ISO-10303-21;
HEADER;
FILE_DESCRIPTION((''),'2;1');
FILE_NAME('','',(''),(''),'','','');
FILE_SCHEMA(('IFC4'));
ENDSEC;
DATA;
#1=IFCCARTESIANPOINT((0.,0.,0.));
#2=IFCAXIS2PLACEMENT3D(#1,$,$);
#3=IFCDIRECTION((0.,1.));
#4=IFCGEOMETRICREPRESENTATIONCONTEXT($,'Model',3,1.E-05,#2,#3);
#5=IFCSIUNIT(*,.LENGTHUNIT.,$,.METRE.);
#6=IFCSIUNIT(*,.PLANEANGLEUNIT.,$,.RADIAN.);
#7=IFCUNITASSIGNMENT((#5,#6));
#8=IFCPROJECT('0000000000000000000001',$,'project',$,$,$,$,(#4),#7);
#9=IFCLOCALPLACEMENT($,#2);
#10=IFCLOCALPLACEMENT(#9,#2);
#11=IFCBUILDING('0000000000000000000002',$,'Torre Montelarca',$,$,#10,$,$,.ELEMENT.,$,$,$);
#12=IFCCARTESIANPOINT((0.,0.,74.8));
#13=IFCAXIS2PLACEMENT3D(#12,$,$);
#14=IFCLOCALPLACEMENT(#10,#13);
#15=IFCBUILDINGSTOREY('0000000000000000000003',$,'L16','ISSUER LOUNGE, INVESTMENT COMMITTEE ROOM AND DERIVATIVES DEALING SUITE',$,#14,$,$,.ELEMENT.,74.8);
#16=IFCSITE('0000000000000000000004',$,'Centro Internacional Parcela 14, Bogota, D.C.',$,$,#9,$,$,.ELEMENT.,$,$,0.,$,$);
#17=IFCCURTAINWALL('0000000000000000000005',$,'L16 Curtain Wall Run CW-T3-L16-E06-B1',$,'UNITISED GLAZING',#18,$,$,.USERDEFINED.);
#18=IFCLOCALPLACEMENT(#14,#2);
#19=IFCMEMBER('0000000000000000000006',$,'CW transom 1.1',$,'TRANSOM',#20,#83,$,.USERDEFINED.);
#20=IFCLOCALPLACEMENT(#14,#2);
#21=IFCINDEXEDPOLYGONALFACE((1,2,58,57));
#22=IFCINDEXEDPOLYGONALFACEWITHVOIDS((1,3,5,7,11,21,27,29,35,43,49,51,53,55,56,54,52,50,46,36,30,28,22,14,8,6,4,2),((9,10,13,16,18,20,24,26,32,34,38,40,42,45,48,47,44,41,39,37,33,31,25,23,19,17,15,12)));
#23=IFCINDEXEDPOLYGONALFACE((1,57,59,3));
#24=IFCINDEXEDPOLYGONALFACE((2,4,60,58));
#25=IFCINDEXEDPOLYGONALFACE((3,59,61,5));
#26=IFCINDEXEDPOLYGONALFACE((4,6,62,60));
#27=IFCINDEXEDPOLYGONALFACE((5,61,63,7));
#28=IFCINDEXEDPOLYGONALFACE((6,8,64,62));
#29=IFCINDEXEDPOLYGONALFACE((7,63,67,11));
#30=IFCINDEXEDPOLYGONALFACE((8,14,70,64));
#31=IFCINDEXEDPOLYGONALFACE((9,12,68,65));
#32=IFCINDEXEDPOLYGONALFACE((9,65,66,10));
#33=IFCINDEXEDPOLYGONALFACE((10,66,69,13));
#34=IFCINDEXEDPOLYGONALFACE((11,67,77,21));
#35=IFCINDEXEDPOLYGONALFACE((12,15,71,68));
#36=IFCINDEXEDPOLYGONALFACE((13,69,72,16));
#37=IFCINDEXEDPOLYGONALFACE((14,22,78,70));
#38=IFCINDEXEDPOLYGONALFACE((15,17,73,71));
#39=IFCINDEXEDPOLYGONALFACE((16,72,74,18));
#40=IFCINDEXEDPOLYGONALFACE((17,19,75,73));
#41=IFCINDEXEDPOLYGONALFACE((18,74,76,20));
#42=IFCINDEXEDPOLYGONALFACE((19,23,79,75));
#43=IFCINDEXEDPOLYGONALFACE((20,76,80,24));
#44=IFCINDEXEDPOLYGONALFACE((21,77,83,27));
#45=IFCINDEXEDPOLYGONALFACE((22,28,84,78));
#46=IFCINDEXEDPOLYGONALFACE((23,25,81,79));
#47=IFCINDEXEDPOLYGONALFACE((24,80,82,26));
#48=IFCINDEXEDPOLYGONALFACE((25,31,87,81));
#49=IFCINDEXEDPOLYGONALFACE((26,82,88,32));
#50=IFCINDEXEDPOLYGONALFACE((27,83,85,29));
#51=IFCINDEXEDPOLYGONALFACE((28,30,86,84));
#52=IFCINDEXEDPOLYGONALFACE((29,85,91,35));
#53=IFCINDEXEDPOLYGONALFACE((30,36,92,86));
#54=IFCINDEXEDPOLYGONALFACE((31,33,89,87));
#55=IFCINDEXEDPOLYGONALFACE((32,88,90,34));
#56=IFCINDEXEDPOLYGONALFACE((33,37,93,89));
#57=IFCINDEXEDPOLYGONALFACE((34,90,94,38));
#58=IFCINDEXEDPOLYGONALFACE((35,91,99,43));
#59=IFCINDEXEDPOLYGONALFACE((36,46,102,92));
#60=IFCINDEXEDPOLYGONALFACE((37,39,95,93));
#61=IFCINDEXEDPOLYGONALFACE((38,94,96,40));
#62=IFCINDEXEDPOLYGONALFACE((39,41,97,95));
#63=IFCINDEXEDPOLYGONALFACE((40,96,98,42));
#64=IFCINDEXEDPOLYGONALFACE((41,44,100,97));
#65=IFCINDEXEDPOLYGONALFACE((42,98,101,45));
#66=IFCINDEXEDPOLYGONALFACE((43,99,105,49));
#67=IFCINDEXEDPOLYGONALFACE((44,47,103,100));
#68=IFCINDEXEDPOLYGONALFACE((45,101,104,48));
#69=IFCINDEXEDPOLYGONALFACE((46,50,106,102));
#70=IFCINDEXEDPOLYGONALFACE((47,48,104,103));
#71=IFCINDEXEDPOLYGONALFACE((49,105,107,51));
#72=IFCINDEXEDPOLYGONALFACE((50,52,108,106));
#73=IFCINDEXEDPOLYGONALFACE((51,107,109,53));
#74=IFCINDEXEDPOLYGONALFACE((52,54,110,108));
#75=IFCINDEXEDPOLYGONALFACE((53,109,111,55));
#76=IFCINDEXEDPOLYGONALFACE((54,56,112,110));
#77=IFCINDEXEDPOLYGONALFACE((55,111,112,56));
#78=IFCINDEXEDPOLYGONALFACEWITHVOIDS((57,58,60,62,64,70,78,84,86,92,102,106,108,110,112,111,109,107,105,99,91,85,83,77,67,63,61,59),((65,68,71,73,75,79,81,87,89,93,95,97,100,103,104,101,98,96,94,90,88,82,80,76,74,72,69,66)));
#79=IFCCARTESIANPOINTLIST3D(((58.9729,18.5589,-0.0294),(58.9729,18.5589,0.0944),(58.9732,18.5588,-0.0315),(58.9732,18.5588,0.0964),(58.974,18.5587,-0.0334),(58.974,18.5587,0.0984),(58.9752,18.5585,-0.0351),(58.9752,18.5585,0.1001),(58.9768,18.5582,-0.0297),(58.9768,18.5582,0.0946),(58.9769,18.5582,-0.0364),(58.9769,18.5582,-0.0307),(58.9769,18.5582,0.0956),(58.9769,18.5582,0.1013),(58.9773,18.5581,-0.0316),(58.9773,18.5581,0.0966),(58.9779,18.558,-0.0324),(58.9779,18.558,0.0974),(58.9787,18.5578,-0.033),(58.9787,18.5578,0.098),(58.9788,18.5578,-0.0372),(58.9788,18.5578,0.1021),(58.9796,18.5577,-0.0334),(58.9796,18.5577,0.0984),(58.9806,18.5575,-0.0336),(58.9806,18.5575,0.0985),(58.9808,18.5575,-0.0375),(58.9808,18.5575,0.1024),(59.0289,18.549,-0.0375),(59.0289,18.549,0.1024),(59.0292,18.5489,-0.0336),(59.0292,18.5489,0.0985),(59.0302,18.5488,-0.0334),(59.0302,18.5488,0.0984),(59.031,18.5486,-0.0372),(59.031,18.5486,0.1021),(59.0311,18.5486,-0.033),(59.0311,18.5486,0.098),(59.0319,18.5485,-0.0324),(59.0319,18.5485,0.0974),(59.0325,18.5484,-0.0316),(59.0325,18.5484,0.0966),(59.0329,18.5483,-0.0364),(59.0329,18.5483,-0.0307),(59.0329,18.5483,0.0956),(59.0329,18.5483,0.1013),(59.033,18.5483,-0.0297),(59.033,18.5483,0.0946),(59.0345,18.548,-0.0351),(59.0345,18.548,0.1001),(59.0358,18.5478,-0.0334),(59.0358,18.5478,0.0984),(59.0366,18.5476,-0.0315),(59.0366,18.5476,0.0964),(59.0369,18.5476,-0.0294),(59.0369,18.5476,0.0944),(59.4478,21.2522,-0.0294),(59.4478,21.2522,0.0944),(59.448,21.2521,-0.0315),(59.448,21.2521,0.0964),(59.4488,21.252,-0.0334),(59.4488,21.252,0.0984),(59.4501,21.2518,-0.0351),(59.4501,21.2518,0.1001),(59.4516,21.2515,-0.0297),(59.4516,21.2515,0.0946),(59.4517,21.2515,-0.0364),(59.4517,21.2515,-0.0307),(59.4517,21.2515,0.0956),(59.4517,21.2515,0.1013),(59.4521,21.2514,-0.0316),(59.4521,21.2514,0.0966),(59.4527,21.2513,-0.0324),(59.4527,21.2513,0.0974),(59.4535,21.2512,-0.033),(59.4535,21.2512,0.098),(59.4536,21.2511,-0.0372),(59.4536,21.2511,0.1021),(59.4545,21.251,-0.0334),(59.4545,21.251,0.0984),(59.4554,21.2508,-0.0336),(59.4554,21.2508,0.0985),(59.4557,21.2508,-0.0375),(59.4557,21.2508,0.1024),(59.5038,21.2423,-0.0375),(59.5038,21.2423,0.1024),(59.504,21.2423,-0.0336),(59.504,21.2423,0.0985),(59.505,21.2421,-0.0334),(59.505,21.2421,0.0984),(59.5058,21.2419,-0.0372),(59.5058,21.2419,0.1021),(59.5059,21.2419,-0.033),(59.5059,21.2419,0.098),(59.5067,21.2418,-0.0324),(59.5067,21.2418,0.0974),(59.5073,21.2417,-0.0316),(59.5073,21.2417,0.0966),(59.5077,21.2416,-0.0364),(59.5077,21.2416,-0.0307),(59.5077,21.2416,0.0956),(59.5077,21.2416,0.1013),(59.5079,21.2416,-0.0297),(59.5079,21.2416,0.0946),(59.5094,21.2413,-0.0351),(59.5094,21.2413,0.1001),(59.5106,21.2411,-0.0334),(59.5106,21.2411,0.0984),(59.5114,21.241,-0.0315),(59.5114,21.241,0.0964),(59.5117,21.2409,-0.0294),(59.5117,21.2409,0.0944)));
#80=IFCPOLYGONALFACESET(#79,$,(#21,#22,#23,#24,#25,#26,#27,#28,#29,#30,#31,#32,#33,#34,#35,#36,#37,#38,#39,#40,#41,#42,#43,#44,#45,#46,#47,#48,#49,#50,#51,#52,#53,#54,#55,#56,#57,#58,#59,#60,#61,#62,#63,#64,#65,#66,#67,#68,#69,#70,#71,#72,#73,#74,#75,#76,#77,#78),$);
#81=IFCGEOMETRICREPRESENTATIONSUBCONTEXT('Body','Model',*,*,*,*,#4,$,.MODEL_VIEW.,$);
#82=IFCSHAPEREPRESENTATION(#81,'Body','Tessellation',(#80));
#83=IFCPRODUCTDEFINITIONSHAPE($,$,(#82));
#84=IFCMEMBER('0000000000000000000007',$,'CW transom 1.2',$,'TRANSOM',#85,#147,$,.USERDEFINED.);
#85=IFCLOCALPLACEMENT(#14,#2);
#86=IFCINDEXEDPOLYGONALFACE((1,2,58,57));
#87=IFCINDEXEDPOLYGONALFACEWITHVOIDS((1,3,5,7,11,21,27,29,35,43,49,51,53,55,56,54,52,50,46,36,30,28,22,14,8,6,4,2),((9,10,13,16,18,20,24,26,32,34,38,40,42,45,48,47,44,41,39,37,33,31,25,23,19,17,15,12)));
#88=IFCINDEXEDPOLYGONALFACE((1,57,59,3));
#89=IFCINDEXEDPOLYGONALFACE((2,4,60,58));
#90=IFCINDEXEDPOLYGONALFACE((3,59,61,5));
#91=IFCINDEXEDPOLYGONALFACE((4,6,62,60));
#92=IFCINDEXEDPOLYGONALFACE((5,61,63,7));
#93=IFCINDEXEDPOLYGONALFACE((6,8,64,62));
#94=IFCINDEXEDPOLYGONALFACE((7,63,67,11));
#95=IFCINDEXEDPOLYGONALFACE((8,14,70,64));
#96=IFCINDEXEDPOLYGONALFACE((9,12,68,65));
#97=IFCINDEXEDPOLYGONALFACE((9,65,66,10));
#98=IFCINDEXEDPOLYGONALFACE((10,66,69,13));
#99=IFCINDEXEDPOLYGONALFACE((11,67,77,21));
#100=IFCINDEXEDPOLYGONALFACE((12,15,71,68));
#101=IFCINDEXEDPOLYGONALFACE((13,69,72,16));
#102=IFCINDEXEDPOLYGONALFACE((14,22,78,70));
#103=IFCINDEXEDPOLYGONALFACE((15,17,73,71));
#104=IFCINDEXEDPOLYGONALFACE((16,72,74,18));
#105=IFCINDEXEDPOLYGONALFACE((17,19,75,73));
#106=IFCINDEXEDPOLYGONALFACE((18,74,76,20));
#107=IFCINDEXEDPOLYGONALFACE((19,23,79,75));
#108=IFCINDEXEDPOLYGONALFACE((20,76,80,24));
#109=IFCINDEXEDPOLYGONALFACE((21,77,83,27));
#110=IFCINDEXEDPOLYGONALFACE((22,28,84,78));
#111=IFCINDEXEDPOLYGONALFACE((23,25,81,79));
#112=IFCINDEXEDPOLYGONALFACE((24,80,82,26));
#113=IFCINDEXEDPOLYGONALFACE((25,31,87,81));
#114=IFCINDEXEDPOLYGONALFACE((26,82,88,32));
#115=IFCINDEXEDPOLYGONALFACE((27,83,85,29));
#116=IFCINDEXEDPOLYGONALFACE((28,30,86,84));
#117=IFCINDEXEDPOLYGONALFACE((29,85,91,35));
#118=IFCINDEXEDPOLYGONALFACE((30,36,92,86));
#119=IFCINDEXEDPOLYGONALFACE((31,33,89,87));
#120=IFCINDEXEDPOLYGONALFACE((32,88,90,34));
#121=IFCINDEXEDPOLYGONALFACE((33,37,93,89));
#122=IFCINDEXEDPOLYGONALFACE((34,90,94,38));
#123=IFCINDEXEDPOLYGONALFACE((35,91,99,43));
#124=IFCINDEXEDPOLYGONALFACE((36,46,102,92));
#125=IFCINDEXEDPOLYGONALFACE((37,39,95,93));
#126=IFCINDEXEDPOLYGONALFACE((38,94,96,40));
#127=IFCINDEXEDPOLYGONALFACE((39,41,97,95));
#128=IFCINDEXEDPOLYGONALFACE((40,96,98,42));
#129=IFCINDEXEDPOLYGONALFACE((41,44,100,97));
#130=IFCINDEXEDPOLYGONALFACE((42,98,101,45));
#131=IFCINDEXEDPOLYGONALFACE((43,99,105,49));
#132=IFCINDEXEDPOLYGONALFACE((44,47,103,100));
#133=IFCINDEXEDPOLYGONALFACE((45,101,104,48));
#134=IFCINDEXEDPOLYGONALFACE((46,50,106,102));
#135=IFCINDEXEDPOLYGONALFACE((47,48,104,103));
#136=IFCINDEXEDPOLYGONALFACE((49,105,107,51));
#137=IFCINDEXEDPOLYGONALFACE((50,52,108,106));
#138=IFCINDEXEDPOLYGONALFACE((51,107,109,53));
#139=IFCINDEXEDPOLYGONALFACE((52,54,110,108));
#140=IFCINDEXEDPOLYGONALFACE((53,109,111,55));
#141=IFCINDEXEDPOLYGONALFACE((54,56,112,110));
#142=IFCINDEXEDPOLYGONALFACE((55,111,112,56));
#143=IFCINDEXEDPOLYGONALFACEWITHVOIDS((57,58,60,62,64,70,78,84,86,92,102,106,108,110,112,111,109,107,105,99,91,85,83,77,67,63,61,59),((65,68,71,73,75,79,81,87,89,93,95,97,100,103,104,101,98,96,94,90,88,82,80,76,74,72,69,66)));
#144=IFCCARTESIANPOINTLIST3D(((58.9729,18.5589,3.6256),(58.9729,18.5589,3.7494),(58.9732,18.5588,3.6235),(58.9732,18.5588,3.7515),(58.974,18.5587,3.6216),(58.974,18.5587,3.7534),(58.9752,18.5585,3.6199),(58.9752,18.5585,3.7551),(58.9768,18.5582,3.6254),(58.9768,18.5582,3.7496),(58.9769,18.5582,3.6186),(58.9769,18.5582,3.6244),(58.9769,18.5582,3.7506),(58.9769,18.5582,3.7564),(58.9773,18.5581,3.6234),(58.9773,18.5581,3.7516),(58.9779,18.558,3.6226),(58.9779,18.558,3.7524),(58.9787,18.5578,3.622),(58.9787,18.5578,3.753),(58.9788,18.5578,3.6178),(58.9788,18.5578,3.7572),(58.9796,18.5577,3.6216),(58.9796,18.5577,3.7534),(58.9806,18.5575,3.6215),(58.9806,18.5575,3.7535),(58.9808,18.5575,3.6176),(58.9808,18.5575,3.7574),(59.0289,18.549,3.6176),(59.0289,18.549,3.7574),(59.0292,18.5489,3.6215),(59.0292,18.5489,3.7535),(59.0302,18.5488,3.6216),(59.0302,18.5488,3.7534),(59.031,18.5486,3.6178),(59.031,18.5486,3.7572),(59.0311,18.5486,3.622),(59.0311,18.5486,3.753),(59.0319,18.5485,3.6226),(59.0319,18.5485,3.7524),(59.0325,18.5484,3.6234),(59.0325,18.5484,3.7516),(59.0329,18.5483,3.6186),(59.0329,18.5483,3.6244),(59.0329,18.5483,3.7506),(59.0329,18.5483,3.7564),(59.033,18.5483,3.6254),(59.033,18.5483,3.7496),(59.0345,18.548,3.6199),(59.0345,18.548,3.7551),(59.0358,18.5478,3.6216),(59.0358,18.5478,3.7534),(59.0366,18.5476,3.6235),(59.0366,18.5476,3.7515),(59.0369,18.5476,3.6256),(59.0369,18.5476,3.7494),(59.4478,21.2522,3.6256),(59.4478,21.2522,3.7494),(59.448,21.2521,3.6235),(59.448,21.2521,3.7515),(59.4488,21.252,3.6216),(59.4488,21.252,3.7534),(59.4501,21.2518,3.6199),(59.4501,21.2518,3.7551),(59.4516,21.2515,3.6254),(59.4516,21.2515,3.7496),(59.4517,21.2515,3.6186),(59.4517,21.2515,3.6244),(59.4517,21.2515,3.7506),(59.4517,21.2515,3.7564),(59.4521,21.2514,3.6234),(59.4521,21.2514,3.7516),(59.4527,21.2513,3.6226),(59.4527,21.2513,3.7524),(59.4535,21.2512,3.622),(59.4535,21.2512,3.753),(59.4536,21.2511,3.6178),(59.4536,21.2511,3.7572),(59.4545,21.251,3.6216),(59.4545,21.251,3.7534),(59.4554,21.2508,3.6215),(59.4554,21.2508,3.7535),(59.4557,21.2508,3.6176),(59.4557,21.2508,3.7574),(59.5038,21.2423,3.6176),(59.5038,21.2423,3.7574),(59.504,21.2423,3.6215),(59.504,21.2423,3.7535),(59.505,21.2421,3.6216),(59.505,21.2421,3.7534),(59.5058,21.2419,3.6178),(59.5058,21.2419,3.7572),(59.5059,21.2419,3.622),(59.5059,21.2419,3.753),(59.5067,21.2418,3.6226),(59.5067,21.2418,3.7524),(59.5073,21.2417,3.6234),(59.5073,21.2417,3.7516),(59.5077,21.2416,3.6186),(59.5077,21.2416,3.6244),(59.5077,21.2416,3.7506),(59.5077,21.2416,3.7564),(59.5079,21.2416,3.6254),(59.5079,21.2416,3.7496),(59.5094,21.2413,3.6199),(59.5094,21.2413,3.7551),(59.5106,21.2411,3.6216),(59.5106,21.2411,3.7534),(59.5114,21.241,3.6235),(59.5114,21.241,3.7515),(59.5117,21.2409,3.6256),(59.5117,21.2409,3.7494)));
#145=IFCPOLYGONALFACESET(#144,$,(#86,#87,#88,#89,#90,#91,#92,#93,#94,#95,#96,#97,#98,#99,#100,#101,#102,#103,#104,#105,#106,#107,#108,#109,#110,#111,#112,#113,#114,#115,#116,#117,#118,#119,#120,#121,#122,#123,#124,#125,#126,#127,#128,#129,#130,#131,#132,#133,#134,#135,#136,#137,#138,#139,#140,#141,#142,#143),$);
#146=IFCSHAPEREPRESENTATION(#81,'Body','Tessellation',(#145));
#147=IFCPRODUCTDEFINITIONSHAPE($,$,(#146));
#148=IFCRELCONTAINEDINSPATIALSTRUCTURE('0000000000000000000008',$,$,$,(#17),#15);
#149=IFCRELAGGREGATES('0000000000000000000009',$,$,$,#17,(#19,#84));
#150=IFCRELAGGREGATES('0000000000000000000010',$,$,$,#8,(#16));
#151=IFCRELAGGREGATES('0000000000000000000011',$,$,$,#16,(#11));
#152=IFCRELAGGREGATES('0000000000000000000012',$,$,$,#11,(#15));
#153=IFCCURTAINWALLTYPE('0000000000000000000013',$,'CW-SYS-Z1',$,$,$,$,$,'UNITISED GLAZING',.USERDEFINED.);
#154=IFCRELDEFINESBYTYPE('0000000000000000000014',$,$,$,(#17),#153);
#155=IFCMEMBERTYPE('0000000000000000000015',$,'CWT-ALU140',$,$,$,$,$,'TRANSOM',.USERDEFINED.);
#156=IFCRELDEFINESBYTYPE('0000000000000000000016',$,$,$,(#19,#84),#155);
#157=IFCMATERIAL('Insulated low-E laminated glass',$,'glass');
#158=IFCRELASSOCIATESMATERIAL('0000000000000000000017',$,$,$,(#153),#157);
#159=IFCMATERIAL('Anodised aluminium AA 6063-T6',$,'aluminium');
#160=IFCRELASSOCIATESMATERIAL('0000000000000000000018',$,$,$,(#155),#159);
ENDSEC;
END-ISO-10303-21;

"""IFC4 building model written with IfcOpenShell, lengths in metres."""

from ifc_helpers import new_model, si_unit, direction, frame, origin, origin_2d, place, context, subcontext, project, spatial, hollow_rectangle, extrude, source, transform, mapped, material, material_profile, profile_set, type_object, element, aggregate, save


model = new_model("IFC4")

# Units and contexts
model_context = context("Model", 3, precision=1e-05, world=origin(), true_north=direction((0.0, 1.0)))
body_context = subcontext(model_context, "Body", "Model", "MODEL_VIEW")
ifc_project = project(units=[si_unit("LENGTHUNIT", "METRE"), si_unit("PLANEANGLEUNIT", "RADIAN")], contexts=[model_context])

# Site, building, storey
site_placement = place(None, origin())
site = spatial("IfcSite", under=ifc_project, at=site_placement, Name="Centro Internacional Parcela 14, Bogota, D.C.", CompositionType="ELEMENT", RefElevation=0.0)
building_placement = place(site_placement, origin())
building = spatial("IfcBuilding", under=site, at=building_placement, Name="Torre Montelarca", CompositionType="ELEMENT")
storey_placement = place(building_placement, frame((0.0, 0.0, 74.8)))
storey = spatial("IfcBuildingStorey", under=building, at=storey_placement, Name="L16", Description="ISSUER LOUNGE, INVESTMENT COMMITTEE ROOM AND DERIVATIVES DEALING SUITE", CompositionType="ELEMENT", Elevation=74.8)

# Shared definitions
ifc_material_1 = material(Name="Insulated low-E laminated glass", Category="glass")
curtain_wall_type = type_object("IfcCurtainWallType", Name="CW-SYS-Z1", ElementType="UNITISED GLAZING", PredefinedType="USERDEFINED", material=ifc_material_1)
ifc_material_2 = material(Name="Anodised aluminium AA 6063-T6", Category="aluminium")
ifc_material_profile_1 = material_profile(ifc_material_2, hollow_rectangle(XDim=0.0649, YDim=0.1399, WallThickness=0.0039, InnerFilletRadius=0.0039, OuterFilletRadius=0.0081, at=origin_2d()), Name="ALU65X140X4", Category="aluminium")
ifc_profile_set_1 = profile_set([ifc_material_profile_1], Name="Anodised aluminium AA 6063-T6")
member_type_1 = type_object("IfcMemberType", Name="CWT-ALU140", ElementType="TRANSOM", PredefinedType="USERDEFINED", material=ifc_profile_set_1)

# Curtain wall
curtain_wall_1_placement = place(storey_placement, origin())
curtain_wall_1 = element("IfcCurtainWall", 1, at=curtain_wall_1_placement, inside=storey, type_object=curtain_wall_type, Name="L16 Curtain Wall Run CW-T3-L16-E06-B1", ObjectType="UNITISED GLAZING", PredefinedType="USERDEFINED")

# Members
shared_shape_1 = source(origin(), body_context, "Body", "SweptSolid", [
    extrude(hollow_rectangle(XDim=0.0649, YDim=0.1399, WallThickness=0.0039, InnerFilletRadius=0.0039, OuterFilletRadius=0.0081, at=origin_2d()), origin(), (0.0, 0.0, 1.0), 2.7349),
])
member_1_placement = place(storey_placement, frame((59.0049, 18.5532, 0.0325), z_axis=(0.173627, 0.984811, 0.0), x_axis=(-0.984811, 0.173627, 0.0)))
member_1 = element("IfcMember", 2, at=member_1_placement, type_object=member_type_1, Name="CW transom 1.1", ObjectType="TRANSOM", PredefinedType="USERDEFINED", context=body_context, shape_type="MappedRepresentation", body=[
    mapped(shared_shape_1, transform((0.0, 0.0, 0.0), scale=1.0)),
])
member_2_placement = place(storey_placement, frame((59.0049, 18.5532, 3.6875), z_axis=(0.173627, 0.984811, 0.0), x_axis=(-0.984811, 0.173627, 0.0)))
member_2 = element("IfcMember", 3, at=member_2_placement, type_object=member_type_1, Name="CW transom 1.2", ObjectType="TRANSOM", PredefinedType="USERDEFINED", context=body_context, shape_type="MappedRepresentation", body=[
    mapped(shared_shape_1, transform((0.0, 0.0, 0.0), scale=1.0)),
])

aggregate(curtain_wall_1, [member_1, member_2])

save(model, "model.ifc")
